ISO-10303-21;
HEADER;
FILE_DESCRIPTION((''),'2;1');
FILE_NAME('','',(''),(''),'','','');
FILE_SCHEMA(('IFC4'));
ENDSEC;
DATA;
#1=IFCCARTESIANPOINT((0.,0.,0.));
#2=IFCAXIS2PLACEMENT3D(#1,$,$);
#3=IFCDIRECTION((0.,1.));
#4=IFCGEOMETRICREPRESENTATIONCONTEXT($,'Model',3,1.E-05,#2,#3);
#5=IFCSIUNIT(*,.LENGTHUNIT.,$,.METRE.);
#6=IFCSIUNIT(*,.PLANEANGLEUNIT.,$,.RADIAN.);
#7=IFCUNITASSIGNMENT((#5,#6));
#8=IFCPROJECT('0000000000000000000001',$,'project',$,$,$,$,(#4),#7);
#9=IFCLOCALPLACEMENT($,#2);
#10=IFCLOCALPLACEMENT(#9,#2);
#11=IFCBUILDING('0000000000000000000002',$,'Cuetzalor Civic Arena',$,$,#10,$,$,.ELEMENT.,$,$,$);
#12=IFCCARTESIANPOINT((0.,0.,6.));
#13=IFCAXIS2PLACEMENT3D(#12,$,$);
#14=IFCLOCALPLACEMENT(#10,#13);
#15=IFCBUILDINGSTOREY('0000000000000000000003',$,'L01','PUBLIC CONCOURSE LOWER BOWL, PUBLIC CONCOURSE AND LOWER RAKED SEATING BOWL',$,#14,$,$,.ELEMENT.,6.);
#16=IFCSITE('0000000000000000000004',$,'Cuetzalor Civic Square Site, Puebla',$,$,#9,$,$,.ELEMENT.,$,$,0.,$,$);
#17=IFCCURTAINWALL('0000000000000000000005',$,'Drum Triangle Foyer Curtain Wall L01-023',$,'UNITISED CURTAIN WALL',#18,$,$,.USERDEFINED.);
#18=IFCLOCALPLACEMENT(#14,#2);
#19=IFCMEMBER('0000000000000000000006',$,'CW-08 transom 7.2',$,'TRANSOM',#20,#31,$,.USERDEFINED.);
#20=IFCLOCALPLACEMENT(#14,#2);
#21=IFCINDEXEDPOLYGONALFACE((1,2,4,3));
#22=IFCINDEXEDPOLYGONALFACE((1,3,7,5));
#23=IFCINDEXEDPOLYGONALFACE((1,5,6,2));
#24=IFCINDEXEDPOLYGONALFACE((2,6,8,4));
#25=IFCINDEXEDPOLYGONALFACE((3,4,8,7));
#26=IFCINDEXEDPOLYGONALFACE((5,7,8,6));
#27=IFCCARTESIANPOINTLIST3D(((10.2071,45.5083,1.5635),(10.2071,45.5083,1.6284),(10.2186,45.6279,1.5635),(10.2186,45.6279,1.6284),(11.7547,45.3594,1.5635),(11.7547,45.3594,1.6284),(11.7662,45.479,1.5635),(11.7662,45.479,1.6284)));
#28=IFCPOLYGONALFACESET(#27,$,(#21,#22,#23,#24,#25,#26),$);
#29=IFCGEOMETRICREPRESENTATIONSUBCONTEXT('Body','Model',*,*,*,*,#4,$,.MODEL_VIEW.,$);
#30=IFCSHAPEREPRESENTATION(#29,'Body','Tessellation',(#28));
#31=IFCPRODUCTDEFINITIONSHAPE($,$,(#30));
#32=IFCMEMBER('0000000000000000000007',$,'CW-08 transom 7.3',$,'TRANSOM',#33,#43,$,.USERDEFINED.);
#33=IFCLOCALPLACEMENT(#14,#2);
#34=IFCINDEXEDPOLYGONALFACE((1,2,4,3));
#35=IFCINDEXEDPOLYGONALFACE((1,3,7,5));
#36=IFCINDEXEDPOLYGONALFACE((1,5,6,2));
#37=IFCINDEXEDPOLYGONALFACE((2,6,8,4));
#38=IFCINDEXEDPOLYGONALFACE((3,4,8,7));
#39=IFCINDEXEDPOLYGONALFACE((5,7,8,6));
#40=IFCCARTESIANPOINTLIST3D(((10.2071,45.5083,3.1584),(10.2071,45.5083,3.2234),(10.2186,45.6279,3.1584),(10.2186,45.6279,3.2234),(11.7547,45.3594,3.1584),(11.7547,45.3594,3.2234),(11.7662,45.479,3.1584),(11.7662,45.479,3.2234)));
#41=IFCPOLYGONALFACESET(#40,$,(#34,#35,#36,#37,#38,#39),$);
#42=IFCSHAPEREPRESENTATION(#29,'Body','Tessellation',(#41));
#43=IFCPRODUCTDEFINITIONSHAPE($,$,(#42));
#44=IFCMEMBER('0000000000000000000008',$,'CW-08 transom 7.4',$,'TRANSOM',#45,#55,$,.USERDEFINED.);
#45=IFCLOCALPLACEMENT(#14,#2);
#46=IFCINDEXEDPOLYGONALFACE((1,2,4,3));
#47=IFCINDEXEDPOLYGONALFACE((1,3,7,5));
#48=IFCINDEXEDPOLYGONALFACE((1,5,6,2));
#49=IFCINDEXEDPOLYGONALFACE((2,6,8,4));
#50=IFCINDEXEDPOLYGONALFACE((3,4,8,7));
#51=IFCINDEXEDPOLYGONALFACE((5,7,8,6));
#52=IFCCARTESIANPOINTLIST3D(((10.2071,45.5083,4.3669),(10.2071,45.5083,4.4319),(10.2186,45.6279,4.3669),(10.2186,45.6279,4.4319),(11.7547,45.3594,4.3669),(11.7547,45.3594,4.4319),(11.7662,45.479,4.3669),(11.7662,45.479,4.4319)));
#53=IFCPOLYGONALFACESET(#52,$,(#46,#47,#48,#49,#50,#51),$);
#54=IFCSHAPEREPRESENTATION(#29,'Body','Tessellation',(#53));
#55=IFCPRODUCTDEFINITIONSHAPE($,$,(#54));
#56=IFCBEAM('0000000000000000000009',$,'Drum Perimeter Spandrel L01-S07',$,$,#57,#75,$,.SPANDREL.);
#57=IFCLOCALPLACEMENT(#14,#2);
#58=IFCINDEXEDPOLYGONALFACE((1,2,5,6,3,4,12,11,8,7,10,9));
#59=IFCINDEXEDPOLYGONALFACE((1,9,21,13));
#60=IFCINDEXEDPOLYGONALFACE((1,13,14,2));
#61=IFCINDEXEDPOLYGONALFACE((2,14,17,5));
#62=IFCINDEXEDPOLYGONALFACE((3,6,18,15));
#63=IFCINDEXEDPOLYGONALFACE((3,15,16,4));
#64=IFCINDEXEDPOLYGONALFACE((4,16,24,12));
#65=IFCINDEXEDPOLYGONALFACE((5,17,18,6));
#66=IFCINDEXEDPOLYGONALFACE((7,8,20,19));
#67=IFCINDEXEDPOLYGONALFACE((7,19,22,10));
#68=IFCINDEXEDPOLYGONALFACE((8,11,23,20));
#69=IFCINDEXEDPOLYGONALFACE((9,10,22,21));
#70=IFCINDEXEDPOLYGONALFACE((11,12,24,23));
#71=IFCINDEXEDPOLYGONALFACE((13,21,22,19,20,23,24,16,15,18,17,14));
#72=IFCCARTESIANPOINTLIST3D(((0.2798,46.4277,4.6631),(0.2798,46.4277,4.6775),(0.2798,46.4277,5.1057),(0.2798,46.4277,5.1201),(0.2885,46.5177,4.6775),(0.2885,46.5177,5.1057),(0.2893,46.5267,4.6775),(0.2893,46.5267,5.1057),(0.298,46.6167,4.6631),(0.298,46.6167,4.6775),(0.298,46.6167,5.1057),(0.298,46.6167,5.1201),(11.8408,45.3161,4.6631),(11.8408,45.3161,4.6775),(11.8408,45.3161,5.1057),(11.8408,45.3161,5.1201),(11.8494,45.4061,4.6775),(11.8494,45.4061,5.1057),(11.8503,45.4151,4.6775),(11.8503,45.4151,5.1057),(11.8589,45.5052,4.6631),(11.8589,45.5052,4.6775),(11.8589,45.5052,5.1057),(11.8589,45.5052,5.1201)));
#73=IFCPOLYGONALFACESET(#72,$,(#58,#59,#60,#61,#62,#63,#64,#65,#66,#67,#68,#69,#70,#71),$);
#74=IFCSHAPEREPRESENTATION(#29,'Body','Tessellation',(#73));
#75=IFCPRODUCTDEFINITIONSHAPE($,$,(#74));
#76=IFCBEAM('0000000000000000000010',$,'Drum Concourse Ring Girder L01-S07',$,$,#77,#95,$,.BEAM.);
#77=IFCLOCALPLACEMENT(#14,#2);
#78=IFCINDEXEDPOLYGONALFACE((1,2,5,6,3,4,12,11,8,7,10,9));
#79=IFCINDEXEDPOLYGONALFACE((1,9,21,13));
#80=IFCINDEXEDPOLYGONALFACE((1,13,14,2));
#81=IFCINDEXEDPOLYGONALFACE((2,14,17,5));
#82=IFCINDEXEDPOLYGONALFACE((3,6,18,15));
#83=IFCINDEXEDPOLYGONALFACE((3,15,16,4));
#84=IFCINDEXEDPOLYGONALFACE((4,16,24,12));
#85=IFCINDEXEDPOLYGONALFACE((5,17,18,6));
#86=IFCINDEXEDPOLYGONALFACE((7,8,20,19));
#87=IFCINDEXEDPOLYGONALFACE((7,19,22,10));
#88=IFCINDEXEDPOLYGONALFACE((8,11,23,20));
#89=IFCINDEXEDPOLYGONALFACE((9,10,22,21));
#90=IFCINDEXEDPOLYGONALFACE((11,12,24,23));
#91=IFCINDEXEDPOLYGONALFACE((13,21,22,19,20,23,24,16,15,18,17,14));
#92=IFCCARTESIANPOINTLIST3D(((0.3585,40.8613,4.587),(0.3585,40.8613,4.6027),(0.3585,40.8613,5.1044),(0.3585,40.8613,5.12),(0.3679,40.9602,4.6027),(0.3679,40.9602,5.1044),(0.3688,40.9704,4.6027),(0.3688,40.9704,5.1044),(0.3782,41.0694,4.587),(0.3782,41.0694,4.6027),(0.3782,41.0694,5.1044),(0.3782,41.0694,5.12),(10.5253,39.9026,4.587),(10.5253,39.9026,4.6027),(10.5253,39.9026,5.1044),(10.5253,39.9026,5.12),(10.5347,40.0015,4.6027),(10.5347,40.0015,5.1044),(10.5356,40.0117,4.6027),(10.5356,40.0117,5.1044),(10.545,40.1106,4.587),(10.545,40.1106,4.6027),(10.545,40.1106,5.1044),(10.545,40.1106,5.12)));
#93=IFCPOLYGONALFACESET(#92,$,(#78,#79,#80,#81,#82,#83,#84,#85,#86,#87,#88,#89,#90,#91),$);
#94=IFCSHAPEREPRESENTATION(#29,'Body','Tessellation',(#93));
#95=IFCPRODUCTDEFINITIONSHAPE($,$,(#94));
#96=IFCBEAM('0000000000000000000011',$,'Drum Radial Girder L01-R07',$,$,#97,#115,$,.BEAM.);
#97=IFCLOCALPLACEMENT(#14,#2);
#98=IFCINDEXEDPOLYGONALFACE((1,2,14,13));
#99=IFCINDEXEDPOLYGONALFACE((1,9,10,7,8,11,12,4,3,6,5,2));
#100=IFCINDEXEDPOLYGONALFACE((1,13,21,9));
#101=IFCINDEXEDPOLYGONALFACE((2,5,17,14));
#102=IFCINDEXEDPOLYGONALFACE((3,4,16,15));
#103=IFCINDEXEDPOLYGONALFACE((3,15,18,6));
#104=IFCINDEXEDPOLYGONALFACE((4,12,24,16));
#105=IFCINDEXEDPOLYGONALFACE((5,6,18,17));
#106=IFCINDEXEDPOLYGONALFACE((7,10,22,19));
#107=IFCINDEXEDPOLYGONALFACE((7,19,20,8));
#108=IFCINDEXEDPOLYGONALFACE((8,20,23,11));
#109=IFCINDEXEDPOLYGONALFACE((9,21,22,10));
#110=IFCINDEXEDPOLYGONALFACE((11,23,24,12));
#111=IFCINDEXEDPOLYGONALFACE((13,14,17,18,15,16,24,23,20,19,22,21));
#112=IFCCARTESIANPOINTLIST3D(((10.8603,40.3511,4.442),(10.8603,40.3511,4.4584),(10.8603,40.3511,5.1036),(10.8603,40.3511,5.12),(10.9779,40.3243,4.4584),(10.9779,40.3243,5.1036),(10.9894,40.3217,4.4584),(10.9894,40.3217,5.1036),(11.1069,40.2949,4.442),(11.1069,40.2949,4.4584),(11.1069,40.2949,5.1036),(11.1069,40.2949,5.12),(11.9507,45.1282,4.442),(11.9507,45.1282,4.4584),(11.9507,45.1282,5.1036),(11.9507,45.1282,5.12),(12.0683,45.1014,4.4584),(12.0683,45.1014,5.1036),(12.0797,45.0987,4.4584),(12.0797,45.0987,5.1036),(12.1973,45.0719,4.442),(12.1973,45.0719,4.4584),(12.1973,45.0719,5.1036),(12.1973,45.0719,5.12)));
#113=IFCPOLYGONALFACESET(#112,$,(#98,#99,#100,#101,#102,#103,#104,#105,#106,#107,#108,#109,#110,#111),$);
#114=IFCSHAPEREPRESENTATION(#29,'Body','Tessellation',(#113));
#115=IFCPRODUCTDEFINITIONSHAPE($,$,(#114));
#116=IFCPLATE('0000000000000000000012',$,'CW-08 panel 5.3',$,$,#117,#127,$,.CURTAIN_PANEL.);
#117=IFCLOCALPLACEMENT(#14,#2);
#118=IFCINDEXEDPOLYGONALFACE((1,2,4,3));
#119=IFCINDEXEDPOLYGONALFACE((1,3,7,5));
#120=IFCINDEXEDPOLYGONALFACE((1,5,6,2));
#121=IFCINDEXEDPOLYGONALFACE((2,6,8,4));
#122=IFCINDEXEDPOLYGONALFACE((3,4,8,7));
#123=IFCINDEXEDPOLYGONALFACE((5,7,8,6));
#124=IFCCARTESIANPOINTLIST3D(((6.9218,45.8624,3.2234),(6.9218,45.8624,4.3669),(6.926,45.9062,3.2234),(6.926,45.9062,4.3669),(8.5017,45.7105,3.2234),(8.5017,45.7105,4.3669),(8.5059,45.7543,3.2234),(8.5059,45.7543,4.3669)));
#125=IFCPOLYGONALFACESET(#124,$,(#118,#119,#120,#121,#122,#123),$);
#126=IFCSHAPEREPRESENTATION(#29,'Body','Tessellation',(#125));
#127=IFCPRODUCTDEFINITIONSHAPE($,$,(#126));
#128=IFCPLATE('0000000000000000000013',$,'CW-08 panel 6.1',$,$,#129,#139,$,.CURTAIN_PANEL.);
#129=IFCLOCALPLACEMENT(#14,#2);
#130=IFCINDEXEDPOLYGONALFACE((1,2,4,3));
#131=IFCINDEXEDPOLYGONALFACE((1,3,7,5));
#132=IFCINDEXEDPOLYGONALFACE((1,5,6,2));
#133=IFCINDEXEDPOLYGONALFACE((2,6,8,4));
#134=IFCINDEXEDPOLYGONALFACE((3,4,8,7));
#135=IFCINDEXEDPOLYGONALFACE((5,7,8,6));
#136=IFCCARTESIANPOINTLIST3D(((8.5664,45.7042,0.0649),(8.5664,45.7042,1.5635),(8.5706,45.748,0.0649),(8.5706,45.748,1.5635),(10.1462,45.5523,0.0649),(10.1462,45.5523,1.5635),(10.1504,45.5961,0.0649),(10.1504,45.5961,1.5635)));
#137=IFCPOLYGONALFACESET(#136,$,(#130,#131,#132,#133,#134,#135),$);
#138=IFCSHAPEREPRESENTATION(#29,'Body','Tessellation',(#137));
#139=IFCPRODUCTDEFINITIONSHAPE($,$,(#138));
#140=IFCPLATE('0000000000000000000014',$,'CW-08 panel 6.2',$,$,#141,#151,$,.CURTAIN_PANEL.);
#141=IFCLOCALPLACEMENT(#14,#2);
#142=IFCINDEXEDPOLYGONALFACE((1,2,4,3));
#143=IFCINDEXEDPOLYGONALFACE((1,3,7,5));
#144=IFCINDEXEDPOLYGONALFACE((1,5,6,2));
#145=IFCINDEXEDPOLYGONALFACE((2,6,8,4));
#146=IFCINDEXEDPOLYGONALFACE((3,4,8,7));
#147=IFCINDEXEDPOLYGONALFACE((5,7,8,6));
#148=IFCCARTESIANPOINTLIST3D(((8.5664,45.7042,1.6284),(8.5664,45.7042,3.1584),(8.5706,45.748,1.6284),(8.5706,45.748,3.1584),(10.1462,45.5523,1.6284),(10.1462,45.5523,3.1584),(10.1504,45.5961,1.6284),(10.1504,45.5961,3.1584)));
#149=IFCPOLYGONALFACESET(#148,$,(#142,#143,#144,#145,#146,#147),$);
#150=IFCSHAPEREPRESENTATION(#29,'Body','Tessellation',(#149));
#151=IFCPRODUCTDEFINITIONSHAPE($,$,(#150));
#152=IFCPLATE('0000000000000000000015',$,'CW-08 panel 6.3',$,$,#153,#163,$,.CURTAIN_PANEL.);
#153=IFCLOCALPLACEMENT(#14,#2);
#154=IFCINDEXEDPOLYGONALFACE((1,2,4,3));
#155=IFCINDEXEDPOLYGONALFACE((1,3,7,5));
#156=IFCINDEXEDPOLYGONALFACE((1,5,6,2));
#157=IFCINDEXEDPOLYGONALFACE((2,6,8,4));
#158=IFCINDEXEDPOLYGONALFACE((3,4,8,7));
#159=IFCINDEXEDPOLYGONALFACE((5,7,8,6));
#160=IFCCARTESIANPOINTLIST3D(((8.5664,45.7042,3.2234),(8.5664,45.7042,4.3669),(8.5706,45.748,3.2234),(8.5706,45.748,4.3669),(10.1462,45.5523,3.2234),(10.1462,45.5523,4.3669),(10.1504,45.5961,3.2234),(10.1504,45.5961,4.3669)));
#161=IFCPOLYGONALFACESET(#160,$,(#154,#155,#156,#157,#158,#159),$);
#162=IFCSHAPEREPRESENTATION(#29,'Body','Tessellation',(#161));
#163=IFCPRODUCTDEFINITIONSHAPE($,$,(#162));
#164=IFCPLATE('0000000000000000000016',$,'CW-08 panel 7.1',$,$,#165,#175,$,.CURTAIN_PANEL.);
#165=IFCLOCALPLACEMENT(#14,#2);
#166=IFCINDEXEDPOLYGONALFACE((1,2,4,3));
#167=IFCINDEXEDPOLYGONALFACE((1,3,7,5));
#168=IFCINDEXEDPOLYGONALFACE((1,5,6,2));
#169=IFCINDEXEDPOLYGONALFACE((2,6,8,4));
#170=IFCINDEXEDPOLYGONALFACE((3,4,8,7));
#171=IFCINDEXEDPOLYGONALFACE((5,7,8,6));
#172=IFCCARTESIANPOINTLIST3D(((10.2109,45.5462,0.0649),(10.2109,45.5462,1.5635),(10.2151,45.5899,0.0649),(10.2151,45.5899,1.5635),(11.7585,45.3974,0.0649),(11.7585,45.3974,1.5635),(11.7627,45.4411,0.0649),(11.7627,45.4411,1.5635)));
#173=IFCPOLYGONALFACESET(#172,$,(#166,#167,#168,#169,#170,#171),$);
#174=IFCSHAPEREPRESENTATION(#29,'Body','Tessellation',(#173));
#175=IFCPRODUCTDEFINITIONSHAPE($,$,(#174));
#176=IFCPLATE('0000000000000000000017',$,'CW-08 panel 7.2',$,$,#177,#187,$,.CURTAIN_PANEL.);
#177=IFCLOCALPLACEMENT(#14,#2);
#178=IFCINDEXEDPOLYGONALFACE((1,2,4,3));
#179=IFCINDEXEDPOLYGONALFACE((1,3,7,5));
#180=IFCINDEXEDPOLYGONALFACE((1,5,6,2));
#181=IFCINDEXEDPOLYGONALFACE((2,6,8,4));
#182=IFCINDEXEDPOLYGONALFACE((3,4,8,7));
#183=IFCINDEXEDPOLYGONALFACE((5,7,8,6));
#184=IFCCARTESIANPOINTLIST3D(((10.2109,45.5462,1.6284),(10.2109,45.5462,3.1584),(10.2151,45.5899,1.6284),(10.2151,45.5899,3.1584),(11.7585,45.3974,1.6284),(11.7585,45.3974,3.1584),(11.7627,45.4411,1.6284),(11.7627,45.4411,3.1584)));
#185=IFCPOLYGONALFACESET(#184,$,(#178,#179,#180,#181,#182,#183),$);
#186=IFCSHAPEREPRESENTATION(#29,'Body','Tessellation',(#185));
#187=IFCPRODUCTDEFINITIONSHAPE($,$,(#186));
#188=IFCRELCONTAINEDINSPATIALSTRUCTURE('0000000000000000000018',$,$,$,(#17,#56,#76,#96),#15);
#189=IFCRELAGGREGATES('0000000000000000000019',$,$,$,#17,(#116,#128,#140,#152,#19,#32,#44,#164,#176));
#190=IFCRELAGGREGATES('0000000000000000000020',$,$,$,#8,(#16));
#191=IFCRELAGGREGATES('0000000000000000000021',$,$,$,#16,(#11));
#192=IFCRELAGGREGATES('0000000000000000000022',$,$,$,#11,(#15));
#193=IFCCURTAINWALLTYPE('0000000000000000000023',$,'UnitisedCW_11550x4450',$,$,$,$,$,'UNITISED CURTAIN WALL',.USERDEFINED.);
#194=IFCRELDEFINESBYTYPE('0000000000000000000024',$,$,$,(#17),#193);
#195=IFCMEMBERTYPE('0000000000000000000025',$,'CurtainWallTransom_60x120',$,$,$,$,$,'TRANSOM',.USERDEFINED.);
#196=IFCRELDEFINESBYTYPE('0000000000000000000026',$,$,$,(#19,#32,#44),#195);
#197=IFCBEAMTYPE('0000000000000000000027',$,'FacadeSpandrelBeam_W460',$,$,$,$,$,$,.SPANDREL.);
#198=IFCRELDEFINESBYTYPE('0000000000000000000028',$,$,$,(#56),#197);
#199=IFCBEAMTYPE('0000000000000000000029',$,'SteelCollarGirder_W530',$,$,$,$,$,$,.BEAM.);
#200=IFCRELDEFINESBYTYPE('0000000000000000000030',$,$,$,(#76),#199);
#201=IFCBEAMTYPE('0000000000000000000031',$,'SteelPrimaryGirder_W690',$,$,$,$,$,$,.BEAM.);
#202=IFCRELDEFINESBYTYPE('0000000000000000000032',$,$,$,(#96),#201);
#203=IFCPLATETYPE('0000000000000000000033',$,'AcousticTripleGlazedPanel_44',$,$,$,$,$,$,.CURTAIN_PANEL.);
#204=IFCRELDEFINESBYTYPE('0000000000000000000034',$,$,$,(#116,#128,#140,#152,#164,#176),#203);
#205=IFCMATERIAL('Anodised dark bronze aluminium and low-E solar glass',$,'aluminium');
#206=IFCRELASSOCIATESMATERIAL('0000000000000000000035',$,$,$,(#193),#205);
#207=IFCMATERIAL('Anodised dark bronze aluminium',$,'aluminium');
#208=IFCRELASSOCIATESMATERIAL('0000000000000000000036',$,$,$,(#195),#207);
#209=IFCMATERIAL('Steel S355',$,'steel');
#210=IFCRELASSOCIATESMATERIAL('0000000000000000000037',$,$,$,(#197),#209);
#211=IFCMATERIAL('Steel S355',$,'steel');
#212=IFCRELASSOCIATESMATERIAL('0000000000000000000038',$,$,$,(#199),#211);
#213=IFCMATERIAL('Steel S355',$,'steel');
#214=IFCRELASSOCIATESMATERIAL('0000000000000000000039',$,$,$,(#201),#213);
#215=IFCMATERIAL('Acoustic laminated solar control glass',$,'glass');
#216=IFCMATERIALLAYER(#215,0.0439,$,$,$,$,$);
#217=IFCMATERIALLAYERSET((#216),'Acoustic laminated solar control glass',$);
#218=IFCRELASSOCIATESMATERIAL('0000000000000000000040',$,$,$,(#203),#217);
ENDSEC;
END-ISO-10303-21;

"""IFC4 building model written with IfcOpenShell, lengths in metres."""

from ifc_helpers import new_model, si_unit, direction, frame, origin, origin_2d, place, context, subcontext, project, spatial, rectangle, i_section, extrude, material, layer, layer_set, material_profile, profile_set, type_object, element, aggregate, save


model = new_model("IFC4")

# Units and contexts
model_context = context("Model", 3, precision=1e-05, world=origin(), true_north=direction((0.0, 1.0)))
body_context = subcontext(model_context, "Body", "Model", "MODEL_VIEW")
ifc_project = project(units=[si_unit("LENGTHUNIT", "METRE"), si_unit("PLANEANGLEUNIT", "RADIAN")], contexts=[model_context])

# Site, building, storey
site_placement = place(None, origin())
site = spatial("IfcSite", under=ifc_project, at=site_placement, Name="Cuetzalor Civic Square Site, Puebla", CompositionType="ELEMENT", RefElevation=0.0)
building_placement = place(site_placement, origin())
building = spatial("IfcBuilding", under=site, at=building_placement, Name="Cuetzalor Civic Arena", CompositionType="ELEMENT")
storey_placement = place(building_placement, frame((0.0, 0.0, 6.0)))
storey = spatial("IfcBuildingStorey", under=building, at=storey_placement, Name="L01", Description="PUBLIC CONCOURSE LOWER BOWL, PUBLIC CONCOURSE AND LOWER RAKED SEATING BOWL", CompositionType="ELEMENT", Elevation=6.0)

# Curtain wall, members
ifc_material_1 = material(Name="Anodised dark bronze aluminium and low-E solar glass", Category="aluminium")
curtain_wall_type = type_object("IfcCurtainWallType", Name="UnitisedCW_11550x4450", ElementType="UNITISED CURTAIN WALL", PredefinedType="USERDEFINED", material=ifc_material_1)
curtain_wall_placement = place(storey_placement, origin())
curtain_wall = element("IfcCurtainWall", 1, at=curtain_wall_placement, inside=storey, type_object=curtain_wall_type, Name="Drum Triangle Foyer Curtain Wall L01-023", ObjectType="UNITISED CURTAIN WALL", PredefinedType="USERDEFINED")
ifc_material_2 = material(Name="Anodised dark bronze aluminium", Category="aluminium")
ifc_material_profile_1 = material_profile(ifc_material_2, rectangle(XDim=0.1201, YDim=0.0649, at=origin_2d()), Name="ALU TRANSOM 65x120")
ifc_profile_set_1 = profile_set([ifc_material_profile_1], Name="Anodised dark bronze aluminium")
member_type_1 = type_object("IfcMemberType", Name="CurtainWallTransom_60x120", ElementType="TRANSOM", PredefinedType="USERDEFINED", material=ifc_profile_set_1)
member_1_placement = place(storey_placement, frame((10.2129, 45.5681, 1.5959), z_axis=(0.995402, -0.095787, 0.0), x_axis=(0.095787, 0.995402, 0.0)))
member_1 = element("IfcMember", 2, at=member_1_placement, type_object=member_type_1, Name="CW-08 transom 7.2", ObjectType="TRANSOM", PredefinedType="USERDEFINED", context=body_context, shape_type="SweptSolid", body=[
    extrude(rectangle(XDim=0.1201, YDim=0.0649, at=origin_2d()), origin(), (0.0, 0.0, 1.0), 1.5547),
])
member_2_placement = place(storey_placement, frame((10.2129, 45.5681, 3.1909), z_axis=(0.995402, -0.095787, 0.0), x_axis=(0.095787, 0.995402, 0.0)))
member_2 = element("IfcMember", 3, at=member_2_placement, type_object=member_type_1, Name="CW-08 transom 7.3", ObjectType="TRANSOM", PredefinedType="USERDEFINED", context=body_context, shape_type="SweptSolid", body=[
    extrude(rectangle(XDim=0.1201, YDim=0.0649, at=origin_2d()), origin(), (0.0, 0.0, 1.0), 1.5547),
])
member_3_placement = place(storey_placement, frame((10.2129, 45.5681, 4.3994), z_axis=(0.995402, -0.095787, 0.0), x_axis=(0.095787, 0.995402, 0.0)))
member_3 = element("IfcMember", 4, at=member_3_placement, type_object=member_type_1, Name="CW-08 transom 7.4", ObjectType="TRANSOM", PredefinedType="USERDEFINED", context=body_context, shape_type="SweptSolid", body=[
    extrude(rectangle(XDim=0.1201, YDim=0.0649, at=origin_2d()), origin(), (0.0, 0.0, 1.0), 1.5547),
])

# Beams
ifc_material_3 = material(Name="Steel S355", Category="steel")
ifc_material_profile_2 = material_profile(ifc_material_3, i_section(OverallWidth=0.1899, OverallDepth=0.457, WebThickness=0.009, FlangeThickness=0.0144, at=origin_2d()), Name="W460x74")
ifc_profile_set_2 = profile_set([ifc_material_profile_2], Name="Steel S355")
beam_type_1 = type_object("IfcBeamType", Name="FacadeSpandrelBeam_W460", PredefinedType="SPANDREL", material=ifc_profile_set_2)
beam_1_placement = place(storey_placement, frame((11.8499, 45.4106, 4.8916), z_axis=(-0.99541, 0.095707, 0.0), x_axis=(-0.095707, -0.99541, 0.0)))
element("IfcBeam", 5, at=beam_1_placement, inside=storey, type_object=beam_type_1, Name="Drum Perimeter Spandrel L01-S07", PredefinedType="SPANDREL", context=body_context, shape_type="SweptSolid", body=[
    extrude(i_section(OverallWidth=0.1899, OverallDepth=0.457, WebThickness=0.009, FlangeThickness=0.0144, at=origin_2d()), origin(), (0.0, 0.0, 1.0), 11.6143),
])
ifc_material_4 = material(Name="Steel S355", Category="steel")
ifc_material_profile_3 = material_profile(ifc_material_4, i_section(OverallWidth=0.209, OverallDepth=0.533, WebThickness=0.0103, FlangeThickness=0.0156, at=origin_2d()), Name="W530x92")
ifc_profile_set_3 = profile_set([ifc_material_profile_3], Name="Steel S355")
beam_type_2 = type_object("IfcBeamType", Name="SteelCollarGirder_W530", PredefinedType="BEAM", material=ifc_profile_set_3)
beam_2_placement = place(storey_placement, frame((10.5352, 40.0066, 4.8535), z_axis=(-0.995583, 0.093885, 0.0), x_axis=(-0.093885, -0.995583, 0.0)))
element("IfcBeam", 6, at=beam_2_placement, inside=storey, type_object=beam_type_2, Name="Drum Concourse Ring Girder L01-S07", PredefinedType="BEAM", context=body_context, shape_type="SweptSolid", body=[
    extrude(i_section(OverallWidth=0.209, OverallDepth=0.533, WebThickness=0.0103, FlangeThickness=0.0156, at=origin_2d()), origin(), (0.0, 0.0, 1.0), 10.2119),
])
ifc_material_5 = material(Name="Steel S355", Category="steel")
ifc_material_profile_4 = material_profile(ifc_material_5, i_section(OverallWidth=0.2529, OverallDepth=0.678, WebThickness=0.0117, FlangeThickness=0.0164, at=origin_2d()), Name="W690x125")
ifc_profile_set_4 = profile_set([ifc_material_profile_4], Name="Steel S355")
beam_type_3 = type_object("IfcBeamType", Name="SteelPrimaryGirder_W690", PredefinedType="BEAM", material=ifc_profile_set_4)
beam_3_placement = place(storey_placement, frame((10.9836, 40.323, 4.781), z_axis=(0.222519, 0.974928, 0.0), x_axis=(-0.974928, 0.222519, 0.0)))
element("IfcBeam", 7, at=beam_3_placement, inside=storey, type_object=beam_type_3, Name="Drum Radial Girder L01-R07", PredefinedType="BEAM", context=body_context, shape_type="SweptSolid", body=[
    extrude(i_section(OverallWidth=0.2529, OverallDepth=0.678, WebThickness=0.0117, FlangeThickness=0.0164, at=origin_2d()), origin(), (0.0, 0.0, 1.0), 4.8999),
])

# Plates
ifc_material_6 = material(Name="Acoustic laminated solar control glass", Category="glass")
ifc_layer = layer(ifc_material_6, 0.0439)
ifc_layer_set = layer_set([ifc_layer], Name="Acoustic laminated solar control glass")
plate_type = type_object("IfcPlateType", Name="AcousticTripleGlazedPanel_44", PredefinedType="CURTAIN_PANEL", material=ifc_layer_set)
plate_1_placement = place(storey_placement, frame((7.7139, 45.8083, 3.2234), z_axis=(0.0, 0.0, 1.0), x_axis=(0.995409, -0.095711, 0.0)))
plate_1 = element("IfcPlate", 8, at=plate_1_placement, type_object=plate_type, Name="CW-08 panel 5.3", PredefinedType="CURTAIN_PANEL", context=body_context, shape_type="SweptSolid", body=[
    extrude(rectangle(XDim=1.5872, YDim=0.0439, at=origin_2d()), origin(), (0.0, 0.0, 1.0), 1.1436),
])
plate_2_placement = place(storey_placement, frame((9.3584, 45.6501, 0.0649), z_axis=(0.0, 0.0, 1.0), x_axis=(0.995409, -0.095711, 0.0)))
plate_2 = element("IfcPlate", 9, at=plate_2_placement, type_object=plate_type, Name="CW-08 panel 6.1", PredefinedType="CURTAIN_PANEL", context=body_context, shape_type="SweptSolid", body=[
    extrude(rectangle(XDim=1.5872, YDim=0.0439, at=origin_2d()), origin(), (0.0, 0.0, 1.0), 1.4985),
])
plate_3_placement = place(storey_placement, frame((9.3584, 45.6501, 1.6284), z_axis=(0.0, 0.0, 1.0), x_axis=(0.995409, -0.095711, 0.0)))
plate_3 = element("IfcPlate", 10, at=plate_3_placement, type_object=plate_type, Name="CW-08 panel 6.2", PredefinedType="CURTAIN_PANEL", context=body_context, shape_type="SweptSolid", body=[
    extrude(rectangle(XDim=1.5872, YDim=0.0439, at=origin_2d()), origin(), (0.0, 0.0, 1.0), 1.53),
])
plate_4_placement = place(storey_placement, frame((9.3584, 45.6501, 3.2234), z_axis=(0.0, 0.0, 1.0), x_axis=(0.995409, -0.095711, 0.0)))
plate_4 = element("IfcPlate", 11, at=plate_4_placement, type_object=plate_type, Name="CW-08 panel 6.3", PredefinedType="CURTAIN_PANEL", context=body_context, shape_type="SweptSolid", body=[
    extrude(rectangle(XDim=1.5872, YDim=0.0439, at=origin_2d()), origin(), (0.0, 0.0, 1.0), 1.1436),
])
plate_5_placement = place(storey_placement, frame((10.9868, 45.4937, 0.0649), z_axis=(0.0, 0.0, 1.0), x_axis=(0.995409, -0.095711, 0.0)))
plate_5 = element("IfcPlate", 12, at=plate_5_placement, type_object=plate_type, Name="CW-08 panel 7.1", PredefinedType="CURTAIN_PANEL", context=body_context, shape_type="SweptSolid", body=[
    extrude(rectangle(XDim=1.5547, YDim=0.0439, at=origin_2d()), origin(), (0.0, 0.0, 1.0), 1.4985),
])
plate_6_placement = place(storey_placement, frame((10.9868, 45.4937, 1.6284), z_axis=(0.0, 0.0, 1.0), x_axis=(0.995409, -0.095711, 0.0)))
plate_6 = element("IfcPlate", 13, at=plate_6_placement, type_object=plate_type, Name="CW-08 panel 7.2", PredefinedType="CURTAIN_PANEL", context=body_context, shape_type="SweptSolid", body=[
    extrude(rectangle(XDim=1.5547, YDim=0.0439, at=origin_2d()), origin(), (0.0, 0.0, 1.0), 1.53),
])
aggregate(curtain_wall, [plate_1, plate_2, plate_3, plate_4, member_1, member_2, member_3, plate_5, plate_6])

save(model, "model.ifc")
